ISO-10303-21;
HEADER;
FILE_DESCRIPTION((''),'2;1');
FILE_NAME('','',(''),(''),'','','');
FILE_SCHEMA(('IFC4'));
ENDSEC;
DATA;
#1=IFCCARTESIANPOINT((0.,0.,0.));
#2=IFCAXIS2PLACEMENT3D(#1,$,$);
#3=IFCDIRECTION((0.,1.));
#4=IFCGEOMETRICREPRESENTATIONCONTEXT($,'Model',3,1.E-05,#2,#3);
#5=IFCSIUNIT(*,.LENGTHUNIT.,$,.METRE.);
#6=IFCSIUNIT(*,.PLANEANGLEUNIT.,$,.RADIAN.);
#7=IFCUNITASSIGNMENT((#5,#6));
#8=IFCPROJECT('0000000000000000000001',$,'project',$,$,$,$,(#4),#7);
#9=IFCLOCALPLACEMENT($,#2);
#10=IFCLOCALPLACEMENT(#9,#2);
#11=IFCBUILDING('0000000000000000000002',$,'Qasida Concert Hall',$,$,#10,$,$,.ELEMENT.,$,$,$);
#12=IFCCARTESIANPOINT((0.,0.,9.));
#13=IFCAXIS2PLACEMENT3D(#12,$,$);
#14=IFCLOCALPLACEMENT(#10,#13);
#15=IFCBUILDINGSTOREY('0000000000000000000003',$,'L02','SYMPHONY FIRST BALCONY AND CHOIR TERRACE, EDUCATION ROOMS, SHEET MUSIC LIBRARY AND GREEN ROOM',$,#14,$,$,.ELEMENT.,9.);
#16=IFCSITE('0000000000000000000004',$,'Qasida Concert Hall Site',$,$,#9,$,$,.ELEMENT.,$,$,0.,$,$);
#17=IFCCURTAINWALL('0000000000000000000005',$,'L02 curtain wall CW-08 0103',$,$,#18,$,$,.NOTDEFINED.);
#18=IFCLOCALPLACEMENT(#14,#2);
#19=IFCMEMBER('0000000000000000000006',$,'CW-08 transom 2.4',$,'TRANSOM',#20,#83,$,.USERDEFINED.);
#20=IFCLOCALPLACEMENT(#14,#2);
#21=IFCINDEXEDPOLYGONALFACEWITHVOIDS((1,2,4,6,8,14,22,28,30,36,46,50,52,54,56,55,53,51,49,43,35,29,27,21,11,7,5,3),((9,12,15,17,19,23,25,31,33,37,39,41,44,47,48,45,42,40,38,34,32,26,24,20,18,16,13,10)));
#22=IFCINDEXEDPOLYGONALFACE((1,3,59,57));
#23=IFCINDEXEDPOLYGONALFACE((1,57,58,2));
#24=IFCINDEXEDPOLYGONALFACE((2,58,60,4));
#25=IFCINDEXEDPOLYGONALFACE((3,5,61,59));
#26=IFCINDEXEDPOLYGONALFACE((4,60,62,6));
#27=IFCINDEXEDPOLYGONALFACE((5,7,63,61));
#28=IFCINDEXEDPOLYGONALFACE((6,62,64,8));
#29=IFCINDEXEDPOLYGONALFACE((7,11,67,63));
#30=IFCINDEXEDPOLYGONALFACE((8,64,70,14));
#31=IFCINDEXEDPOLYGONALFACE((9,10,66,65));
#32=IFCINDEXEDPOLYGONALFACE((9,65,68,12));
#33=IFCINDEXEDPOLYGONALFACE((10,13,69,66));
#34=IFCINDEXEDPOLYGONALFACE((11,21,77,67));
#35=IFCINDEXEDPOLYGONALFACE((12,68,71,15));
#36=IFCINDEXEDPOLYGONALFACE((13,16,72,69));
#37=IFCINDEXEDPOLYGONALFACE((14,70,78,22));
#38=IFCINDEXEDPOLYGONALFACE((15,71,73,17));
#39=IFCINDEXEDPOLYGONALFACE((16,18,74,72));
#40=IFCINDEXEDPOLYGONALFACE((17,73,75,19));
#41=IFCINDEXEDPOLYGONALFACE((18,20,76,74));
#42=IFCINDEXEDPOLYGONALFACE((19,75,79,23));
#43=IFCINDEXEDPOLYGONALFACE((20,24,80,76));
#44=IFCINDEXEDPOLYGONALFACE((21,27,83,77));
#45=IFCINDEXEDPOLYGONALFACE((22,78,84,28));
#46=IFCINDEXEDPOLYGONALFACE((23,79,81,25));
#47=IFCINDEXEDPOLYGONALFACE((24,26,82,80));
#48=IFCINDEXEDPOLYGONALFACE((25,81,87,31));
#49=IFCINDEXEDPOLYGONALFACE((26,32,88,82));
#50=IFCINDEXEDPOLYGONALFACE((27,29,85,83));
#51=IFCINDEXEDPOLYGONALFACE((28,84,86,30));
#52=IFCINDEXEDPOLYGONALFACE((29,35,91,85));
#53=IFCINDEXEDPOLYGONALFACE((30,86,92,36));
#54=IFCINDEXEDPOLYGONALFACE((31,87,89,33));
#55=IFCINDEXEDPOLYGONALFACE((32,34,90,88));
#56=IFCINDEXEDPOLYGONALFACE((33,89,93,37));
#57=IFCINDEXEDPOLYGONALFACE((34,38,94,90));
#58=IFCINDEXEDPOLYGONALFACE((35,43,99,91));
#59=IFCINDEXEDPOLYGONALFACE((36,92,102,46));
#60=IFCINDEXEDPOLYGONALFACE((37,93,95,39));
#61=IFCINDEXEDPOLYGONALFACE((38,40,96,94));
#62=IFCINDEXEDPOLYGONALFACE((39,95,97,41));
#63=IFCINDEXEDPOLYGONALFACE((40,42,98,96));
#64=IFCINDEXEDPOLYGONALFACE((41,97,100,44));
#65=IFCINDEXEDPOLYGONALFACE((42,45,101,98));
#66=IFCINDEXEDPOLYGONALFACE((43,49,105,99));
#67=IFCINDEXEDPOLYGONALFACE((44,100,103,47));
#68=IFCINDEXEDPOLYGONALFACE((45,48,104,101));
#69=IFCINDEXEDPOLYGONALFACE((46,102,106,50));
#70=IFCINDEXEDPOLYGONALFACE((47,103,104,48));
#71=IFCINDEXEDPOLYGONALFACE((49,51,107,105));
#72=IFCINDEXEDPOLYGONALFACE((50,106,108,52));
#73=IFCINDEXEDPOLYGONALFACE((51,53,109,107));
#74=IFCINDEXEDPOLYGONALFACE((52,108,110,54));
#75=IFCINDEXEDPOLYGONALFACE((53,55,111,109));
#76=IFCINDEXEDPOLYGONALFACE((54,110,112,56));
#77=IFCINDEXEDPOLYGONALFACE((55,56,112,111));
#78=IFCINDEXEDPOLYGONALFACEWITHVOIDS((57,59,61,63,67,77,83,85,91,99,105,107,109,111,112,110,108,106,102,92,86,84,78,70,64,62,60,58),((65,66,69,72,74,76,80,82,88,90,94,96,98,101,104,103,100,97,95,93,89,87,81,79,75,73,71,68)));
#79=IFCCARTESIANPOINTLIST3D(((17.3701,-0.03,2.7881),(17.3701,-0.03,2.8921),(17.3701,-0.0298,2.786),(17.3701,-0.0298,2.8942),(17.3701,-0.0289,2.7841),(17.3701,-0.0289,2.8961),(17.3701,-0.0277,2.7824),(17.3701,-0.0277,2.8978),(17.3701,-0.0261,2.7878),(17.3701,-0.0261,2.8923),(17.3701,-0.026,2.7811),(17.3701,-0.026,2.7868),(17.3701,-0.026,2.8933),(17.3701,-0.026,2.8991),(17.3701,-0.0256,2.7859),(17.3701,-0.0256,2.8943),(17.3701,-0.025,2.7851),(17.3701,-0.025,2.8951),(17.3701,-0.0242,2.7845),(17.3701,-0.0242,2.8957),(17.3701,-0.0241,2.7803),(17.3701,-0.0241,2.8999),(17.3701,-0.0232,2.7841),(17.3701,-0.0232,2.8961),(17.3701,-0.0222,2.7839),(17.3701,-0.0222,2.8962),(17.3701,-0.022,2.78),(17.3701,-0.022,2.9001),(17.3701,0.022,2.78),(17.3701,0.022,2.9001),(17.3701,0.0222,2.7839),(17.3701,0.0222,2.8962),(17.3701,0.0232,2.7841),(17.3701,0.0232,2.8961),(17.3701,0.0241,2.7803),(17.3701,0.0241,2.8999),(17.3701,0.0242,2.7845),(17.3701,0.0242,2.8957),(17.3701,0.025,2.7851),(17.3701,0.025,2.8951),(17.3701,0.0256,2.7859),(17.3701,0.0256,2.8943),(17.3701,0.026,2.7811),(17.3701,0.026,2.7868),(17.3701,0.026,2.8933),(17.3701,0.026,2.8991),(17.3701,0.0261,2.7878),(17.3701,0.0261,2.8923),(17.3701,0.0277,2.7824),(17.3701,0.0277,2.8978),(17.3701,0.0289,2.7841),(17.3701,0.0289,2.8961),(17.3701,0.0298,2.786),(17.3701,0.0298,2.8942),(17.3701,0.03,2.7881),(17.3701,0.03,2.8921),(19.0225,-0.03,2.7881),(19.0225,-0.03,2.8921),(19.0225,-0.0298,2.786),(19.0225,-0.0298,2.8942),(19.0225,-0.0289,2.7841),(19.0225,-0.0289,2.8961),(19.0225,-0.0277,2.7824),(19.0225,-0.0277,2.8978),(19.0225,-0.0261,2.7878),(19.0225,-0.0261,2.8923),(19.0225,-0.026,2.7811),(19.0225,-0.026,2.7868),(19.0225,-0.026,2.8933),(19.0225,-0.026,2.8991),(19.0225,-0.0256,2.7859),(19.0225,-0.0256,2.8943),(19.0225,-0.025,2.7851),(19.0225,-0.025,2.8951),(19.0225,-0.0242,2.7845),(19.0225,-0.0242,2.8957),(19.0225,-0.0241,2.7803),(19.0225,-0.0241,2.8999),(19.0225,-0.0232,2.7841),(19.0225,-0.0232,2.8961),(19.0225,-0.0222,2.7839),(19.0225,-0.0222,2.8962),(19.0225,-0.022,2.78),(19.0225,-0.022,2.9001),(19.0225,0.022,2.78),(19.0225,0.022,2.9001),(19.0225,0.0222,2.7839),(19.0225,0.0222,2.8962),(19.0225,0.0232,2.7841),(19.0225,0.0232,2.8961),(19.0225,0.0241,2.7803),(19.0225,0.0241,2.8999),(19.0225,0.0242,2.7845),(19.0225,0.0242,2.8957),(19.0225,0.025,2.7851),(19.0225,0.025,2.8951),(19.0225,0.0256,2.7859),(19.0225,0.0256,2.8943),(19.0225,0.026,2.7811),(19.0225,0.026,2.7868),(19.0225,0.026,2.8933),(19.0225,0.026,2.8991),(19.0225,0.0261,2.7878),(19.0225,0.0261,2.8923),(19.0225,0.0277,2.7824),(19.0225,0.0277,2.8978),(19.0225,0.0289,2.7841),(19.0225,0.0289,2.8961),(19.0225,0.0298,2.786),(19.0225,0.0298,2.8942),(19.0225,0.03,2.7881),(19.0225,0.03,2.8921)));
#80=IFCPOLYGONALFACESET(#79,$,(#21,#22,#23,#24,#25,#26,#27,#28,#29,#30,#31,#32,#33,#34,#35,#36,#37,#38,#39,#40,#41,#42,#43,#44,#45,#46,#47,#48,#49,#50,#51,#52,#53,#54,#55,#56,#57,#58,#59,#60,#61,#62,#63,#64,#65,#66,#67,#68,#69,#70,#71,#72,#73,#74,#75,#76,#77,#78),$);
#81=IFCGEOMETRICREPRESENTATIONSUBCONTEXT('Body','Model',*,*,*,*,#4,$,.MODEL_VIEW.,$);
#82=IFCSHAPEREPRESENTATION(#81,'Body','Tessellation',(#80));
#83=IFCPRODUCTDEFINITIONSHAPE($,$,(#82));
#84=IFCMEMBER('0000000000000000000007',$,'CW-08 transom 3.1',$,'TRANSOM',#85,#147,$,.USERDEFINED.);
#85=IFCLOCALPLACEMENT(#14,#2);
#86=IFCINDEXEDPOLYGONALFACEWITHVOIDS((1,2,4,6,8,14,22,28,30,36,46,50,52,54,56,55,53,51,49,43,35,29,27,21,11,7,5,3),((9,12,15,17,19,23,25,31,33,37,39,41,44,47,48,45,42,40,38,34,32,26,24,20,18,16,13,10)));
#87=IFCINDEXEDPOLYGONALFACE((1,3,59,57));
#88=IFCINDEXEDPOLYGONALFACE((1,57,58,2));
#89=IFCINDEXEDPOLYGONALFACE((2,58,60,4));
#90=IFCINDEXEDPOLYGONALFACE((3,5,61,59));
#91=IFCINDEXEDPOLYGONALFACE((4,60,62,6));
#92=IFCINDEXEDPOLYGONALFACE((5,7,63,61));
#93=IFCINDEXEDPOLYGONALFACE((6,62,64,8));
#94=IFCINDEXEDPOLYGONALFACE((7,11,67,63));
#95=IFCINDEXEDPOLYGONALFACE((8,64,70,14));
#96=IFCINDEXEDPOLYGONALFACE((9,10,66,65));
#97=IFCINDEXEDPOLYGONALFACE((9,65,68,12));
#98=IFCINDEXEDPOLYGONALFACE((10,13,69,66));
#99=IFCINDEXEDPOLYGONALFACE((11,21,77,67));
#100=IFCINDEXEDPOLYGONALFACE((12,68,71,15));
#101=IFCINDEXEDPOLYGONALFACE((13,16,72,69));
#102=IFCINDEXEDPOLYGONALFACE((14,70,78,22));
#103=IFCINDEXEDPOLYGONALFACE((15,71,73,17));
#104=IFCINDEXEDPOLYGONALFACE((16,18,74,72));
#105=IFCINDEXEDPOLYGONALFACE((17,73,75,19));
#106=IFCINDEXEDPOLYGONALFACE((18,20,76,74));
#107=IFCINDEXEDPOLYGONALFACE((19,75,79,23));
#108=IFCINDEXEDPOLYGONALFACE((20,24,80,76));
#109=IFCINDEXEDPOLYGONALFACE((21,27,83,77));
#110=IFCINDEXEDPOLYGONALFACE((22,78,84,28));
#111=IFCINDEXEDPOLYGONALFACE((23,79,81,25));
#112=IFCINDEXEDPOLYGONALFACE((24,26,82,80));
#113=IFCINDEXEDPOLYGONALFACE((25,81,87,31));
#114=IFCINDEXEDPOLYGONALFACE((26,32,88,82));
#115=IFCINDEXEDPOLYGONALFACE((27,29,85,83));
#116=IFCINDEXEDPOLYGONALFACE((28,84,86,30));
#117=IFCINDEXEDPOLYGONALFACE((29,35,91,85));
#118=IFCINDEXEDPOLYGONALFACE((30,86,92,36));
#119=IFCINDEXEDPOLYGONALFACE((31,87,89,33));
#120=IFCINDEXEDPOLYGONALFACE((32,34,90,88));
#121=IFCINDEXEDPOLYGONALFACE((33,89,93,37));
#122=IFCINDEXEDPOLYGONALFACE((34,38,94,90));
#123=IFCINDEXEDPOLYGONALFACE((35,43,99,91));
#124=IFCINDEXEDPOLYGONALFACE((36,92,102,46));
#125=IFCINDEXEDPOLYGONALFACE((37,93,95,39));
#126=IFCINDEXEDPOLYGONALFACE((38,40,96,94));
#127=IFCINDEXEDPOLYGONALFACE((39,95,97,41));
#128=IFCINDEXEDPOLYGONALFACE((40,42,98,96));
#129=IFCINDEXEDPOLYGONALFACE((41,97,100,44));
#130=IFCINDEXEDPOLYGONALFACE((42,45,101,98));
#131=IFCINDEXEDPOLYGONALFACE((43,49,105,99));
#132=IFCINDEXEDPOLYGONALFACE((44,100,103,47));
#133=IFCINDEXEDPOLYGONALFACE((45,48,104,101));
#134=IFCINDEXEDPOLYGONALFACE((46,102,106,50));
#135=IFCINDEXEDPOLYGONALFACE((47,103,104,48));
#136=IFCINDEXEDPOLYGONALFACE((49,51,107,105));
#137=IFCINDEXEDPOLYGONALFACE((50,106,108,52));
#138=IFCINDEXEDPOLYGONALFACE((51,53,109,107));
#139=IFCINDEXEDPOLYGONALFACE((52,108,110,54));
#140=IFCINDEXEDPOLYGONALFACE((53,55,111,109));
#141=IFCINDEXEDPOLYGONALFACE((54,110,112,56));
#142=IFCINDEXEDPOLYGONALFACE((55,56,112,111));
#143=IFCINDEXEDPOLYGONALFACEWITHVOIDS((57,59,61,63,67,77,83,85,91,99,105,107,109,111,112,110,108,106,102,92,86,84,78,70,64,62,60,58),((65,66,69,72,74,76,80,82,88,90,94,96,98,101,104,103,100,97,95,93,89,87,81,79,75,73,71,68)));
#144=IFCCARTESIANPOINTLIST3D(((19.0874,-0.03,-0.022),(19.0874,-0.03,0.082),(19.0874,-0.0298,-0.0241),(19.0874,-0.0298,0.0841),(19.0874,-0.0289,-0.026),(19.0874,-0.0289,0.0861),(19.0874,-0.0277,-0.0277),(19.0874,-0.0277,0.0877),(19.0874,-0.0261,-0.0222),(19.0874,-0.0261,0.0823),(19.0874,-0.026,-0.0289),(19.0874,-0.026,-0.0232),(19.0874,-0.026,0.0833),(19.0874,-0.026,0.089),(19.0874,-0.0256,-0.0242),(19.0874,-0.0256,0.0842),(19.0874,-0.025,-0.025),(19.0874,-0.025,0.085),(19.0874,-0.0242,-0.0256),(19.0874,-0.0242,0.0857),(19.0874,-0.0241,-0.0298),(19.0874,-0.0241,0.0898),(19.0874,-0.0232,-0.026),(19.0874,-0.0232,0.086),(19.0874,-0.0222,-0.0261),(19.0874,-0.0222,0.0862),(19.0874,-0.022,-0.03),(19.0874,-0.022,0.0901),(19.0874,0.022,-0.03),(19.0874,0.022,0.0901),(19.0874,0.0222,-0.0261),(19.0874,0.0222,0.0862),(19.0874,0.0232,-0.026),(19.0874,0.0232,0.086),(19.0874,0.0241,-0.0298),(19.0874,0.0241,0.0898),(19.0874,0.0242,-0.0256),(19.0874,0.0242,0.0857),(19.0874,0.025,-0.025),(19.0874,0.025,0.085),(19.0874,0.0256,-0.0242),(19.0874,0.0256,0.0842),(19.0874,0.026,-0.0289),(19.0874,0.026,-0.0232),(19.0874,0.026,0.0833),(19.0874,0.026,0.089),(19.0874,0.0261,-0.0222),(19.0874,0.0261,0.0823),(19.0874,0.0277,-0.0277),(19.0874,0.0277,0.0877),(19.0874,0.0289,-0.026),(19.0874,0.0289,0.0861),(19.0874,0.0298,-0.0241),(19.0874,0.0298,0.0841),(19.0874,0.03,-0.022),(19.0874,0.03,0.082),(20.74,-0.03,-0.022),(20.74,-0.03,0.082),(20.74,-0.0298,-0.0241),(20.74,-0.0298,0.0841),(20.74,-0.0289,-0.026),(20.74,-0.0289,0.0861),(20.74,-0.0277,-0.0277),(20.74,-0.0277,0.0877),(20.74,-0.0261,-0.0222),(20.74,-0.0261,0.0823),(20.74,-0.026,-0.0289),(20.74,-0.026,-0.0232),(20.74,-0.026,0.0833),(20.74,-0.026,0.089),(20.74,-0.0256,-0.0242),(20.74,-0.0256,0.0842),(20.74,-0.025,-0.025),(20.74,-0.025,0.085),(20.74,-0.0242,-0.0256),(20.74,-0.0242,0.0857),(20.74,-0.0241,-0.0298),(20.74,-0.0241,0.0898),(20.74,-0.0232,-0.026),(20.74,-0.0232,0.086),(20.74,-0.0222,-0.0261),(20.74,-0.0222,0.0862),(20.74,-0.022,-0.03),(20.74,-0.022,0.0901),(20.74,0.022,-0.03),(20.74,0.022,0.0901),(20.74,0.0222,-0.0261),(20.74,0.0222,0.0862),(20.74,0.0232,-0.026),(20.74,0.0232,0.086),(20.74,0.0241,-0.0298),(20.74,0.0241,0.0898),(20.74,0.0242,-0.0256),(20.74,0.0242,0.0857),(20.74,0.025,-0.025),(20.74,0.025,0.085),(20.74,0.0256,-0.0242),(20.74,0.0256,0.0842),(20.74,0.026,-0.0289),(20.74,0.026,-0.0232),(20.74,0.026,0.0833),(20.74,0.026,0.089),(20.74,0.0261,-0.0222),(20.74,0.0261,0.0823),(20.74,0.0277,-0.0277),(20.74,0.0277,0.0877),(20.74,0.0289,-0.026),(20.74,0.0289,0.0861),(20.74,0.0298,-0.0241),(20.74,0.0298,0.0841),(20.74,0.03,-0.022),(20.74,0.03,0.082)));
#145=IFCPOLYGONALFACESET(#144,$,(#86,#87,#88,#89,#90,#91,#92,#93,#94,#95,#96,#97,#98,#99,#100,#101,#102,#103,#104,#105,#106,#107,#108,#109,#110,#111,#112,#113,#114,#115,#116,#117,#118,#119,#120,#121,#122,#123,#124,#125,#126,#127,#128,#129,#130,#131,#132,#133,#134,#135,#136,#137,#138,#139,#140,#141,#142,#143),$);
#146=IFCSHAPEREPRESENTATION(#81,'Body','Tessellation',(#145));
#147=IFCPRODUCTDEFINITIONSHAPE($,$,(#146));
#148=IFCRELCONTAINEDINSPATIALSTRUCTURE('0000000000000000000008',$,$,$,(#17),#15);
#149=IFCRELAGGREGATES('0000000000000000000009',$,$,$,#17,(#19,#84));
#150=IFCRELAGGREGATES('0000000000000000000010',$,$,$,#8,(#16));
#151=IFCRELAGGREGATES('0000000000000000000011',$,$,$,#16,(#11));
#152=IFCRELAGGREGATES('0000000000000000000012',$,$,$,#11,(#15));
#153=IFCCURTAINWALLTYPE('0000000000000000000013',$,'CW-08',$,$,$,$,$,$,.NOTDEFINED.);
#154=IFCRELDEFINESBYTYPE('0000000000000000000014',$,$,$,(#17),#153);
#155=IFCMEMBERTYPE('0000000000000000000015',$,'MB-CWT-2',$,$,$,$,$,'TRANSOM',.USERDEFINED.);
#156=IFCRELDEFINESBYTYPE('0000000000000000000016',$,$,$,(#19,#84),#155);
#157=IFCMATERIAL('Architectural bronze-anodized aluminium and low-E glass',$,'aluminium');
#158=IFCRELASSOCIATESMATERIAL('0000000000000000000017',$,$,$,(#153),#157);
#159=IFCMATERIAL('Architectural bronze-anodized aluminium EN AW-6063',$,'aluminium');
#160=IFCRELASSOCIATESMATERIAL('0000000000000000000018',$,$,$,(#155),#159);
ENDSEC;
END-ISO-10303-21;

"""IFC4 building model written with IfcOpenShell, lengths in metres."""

from ifc_helpers import new_model, si_unit, direction, frame, origin, origin_2d, place, context, subcontext, project, spatial, hollow_rectangle, extrude, material, material_profile, profile_set, type_object, element, aggregate, save


model = new_model("IFC4")

# Units and contexts
model_context = context("Model", 3, precision=1e-05, world=origin(), true_north=direction((0.0, 1.0)))
body_context = subcontext(model_context, "Body", "Model", "MODEL_VIEW")
ifc_project = project(units=[si_unit("LENGTHUNIT", "METRE"), si_unit("PLANEANGLEUNIT", "RADIAN")], contexts=[model_context])

# Site, building, storey
site_placement = place(None, origin())
site = spatial("IfcSite", under=ifc_project, at=site_placement, Name="Qasida Concert Hall Site", CompositionType="ELEMENT", RefElevation=0.0)
building_placement = place(site_placement, origin())
building = spatial("IfcBuilding", under=site, at=building_placement, Name="Qasida Concert Hall", CompositionType="ELEMENT")
storey_placement = place(building_placement, frame((0.0, 0.0, 9.0)))
storey = spatial("IfcBuildingStorey", under=building, at=storey_placement, Name="L02", Description="SYMPHONY FIRST BALCONY AND CHOIR TERRACE, EDUCATION ROOMS, SHEET MUSIC LIBRARY AND GREEN ROOM", CompositionType="ELEMENT", Elevation=9.0)

# Curtain wall, members
ifc_material_1 = material(Name="Architectural bronze-anodized aluminium and low-E glass", Category="aluminium")
curtain_wall_type = type_object("IfcCurtainWallType", Name="CW-08", PredefinedType="NOTDEFINED", material=ifc_material_1)
curtain_wall_placement = place(storey_placement, origin())
curtain_wall = element("IfcCurtainWall", 1, at=curtain_wall_placement, inside=storey, type_object=curtain_wall_type, Name="L02 curtain wall CW-08 0103", PredefinedType="NOTDEFINED")
ifc_material_2 = material(Name="Architectural bronze-anodized aluminium EN AW-6063", Category="aluminium")
ifc_material_profile_1 = material_profile(ifc_material_2, hollow_rectangle(XDim=0.0601, YDim=0.1201, WallThickness=0.0039, InnerFilletRadius=0.0039, OuterFilletRadius=0.0081, at=origin_2d()), Name="CWT 120x60x4")
ifc_profile_set_1 = profile_set([ifc_material_profile_1], Name="Architectural bronze-anodized aluminium EN AW-6063")
member_type_1 = type_object("IfcMemberType", Name="MB-CWT-2", ElementType="TRANSOM", PredefinedType="USERDEFINED", material=ifc_profile_set_1)
member_1_placement = place(storey_placement, frame((17.3701, 0.0, 2.8401), z_axis=(1.0, 0.0, 0.0), x_axis=(0.0, 1.0, 0.0)))
member_1 = element("IfcMember", 2, at=member_1_placement, type_object=member_type_1, Name="CW-08 transom 2.4", ObjectType="TRANSOM", PredefinedType="USERDEFINED", context=body_context, shape_type="SweptSolid", body=[
    extrude(hollow_rectangle(XDim=0.0601, YDim=0.1201, WallThickness=0.0039, InnerFilletRadius=0.0039, OuterFilletRadius=0.0081, at=origin_2d()), origin(), (0.0, 0.0, 1.0), 1.6523),
])
member_2_placement = place(storey_placement, frame((19.0874, 0.0, 0.03), z_axis=(1.0, 0.0, 0.0), x_axis=(0.0, 1.0, 0.0)))
member_2 = element("IfcMember", 3, at=member_2_placement, type_object=member_type_1, Name="CW-08 transom 3.1", ObjectType="TRANSOM", PredefinedType="USERDEFINED", context=body_context, shape_type="SweptSolid", body=[
    extrude(hollow_rectangle(XDim=0.0601, YDim=0.1201, WallThickness=0.0039, InnerFilletRadius=0.0039, OuterFilletRadius=0.0081, at=origin_2d()), origin(), (0.0, 0.0, 1.0), 1.6526),
])
aggregate(curtain_wall, [member_1, member_2])

save(model, "model.ifc")
